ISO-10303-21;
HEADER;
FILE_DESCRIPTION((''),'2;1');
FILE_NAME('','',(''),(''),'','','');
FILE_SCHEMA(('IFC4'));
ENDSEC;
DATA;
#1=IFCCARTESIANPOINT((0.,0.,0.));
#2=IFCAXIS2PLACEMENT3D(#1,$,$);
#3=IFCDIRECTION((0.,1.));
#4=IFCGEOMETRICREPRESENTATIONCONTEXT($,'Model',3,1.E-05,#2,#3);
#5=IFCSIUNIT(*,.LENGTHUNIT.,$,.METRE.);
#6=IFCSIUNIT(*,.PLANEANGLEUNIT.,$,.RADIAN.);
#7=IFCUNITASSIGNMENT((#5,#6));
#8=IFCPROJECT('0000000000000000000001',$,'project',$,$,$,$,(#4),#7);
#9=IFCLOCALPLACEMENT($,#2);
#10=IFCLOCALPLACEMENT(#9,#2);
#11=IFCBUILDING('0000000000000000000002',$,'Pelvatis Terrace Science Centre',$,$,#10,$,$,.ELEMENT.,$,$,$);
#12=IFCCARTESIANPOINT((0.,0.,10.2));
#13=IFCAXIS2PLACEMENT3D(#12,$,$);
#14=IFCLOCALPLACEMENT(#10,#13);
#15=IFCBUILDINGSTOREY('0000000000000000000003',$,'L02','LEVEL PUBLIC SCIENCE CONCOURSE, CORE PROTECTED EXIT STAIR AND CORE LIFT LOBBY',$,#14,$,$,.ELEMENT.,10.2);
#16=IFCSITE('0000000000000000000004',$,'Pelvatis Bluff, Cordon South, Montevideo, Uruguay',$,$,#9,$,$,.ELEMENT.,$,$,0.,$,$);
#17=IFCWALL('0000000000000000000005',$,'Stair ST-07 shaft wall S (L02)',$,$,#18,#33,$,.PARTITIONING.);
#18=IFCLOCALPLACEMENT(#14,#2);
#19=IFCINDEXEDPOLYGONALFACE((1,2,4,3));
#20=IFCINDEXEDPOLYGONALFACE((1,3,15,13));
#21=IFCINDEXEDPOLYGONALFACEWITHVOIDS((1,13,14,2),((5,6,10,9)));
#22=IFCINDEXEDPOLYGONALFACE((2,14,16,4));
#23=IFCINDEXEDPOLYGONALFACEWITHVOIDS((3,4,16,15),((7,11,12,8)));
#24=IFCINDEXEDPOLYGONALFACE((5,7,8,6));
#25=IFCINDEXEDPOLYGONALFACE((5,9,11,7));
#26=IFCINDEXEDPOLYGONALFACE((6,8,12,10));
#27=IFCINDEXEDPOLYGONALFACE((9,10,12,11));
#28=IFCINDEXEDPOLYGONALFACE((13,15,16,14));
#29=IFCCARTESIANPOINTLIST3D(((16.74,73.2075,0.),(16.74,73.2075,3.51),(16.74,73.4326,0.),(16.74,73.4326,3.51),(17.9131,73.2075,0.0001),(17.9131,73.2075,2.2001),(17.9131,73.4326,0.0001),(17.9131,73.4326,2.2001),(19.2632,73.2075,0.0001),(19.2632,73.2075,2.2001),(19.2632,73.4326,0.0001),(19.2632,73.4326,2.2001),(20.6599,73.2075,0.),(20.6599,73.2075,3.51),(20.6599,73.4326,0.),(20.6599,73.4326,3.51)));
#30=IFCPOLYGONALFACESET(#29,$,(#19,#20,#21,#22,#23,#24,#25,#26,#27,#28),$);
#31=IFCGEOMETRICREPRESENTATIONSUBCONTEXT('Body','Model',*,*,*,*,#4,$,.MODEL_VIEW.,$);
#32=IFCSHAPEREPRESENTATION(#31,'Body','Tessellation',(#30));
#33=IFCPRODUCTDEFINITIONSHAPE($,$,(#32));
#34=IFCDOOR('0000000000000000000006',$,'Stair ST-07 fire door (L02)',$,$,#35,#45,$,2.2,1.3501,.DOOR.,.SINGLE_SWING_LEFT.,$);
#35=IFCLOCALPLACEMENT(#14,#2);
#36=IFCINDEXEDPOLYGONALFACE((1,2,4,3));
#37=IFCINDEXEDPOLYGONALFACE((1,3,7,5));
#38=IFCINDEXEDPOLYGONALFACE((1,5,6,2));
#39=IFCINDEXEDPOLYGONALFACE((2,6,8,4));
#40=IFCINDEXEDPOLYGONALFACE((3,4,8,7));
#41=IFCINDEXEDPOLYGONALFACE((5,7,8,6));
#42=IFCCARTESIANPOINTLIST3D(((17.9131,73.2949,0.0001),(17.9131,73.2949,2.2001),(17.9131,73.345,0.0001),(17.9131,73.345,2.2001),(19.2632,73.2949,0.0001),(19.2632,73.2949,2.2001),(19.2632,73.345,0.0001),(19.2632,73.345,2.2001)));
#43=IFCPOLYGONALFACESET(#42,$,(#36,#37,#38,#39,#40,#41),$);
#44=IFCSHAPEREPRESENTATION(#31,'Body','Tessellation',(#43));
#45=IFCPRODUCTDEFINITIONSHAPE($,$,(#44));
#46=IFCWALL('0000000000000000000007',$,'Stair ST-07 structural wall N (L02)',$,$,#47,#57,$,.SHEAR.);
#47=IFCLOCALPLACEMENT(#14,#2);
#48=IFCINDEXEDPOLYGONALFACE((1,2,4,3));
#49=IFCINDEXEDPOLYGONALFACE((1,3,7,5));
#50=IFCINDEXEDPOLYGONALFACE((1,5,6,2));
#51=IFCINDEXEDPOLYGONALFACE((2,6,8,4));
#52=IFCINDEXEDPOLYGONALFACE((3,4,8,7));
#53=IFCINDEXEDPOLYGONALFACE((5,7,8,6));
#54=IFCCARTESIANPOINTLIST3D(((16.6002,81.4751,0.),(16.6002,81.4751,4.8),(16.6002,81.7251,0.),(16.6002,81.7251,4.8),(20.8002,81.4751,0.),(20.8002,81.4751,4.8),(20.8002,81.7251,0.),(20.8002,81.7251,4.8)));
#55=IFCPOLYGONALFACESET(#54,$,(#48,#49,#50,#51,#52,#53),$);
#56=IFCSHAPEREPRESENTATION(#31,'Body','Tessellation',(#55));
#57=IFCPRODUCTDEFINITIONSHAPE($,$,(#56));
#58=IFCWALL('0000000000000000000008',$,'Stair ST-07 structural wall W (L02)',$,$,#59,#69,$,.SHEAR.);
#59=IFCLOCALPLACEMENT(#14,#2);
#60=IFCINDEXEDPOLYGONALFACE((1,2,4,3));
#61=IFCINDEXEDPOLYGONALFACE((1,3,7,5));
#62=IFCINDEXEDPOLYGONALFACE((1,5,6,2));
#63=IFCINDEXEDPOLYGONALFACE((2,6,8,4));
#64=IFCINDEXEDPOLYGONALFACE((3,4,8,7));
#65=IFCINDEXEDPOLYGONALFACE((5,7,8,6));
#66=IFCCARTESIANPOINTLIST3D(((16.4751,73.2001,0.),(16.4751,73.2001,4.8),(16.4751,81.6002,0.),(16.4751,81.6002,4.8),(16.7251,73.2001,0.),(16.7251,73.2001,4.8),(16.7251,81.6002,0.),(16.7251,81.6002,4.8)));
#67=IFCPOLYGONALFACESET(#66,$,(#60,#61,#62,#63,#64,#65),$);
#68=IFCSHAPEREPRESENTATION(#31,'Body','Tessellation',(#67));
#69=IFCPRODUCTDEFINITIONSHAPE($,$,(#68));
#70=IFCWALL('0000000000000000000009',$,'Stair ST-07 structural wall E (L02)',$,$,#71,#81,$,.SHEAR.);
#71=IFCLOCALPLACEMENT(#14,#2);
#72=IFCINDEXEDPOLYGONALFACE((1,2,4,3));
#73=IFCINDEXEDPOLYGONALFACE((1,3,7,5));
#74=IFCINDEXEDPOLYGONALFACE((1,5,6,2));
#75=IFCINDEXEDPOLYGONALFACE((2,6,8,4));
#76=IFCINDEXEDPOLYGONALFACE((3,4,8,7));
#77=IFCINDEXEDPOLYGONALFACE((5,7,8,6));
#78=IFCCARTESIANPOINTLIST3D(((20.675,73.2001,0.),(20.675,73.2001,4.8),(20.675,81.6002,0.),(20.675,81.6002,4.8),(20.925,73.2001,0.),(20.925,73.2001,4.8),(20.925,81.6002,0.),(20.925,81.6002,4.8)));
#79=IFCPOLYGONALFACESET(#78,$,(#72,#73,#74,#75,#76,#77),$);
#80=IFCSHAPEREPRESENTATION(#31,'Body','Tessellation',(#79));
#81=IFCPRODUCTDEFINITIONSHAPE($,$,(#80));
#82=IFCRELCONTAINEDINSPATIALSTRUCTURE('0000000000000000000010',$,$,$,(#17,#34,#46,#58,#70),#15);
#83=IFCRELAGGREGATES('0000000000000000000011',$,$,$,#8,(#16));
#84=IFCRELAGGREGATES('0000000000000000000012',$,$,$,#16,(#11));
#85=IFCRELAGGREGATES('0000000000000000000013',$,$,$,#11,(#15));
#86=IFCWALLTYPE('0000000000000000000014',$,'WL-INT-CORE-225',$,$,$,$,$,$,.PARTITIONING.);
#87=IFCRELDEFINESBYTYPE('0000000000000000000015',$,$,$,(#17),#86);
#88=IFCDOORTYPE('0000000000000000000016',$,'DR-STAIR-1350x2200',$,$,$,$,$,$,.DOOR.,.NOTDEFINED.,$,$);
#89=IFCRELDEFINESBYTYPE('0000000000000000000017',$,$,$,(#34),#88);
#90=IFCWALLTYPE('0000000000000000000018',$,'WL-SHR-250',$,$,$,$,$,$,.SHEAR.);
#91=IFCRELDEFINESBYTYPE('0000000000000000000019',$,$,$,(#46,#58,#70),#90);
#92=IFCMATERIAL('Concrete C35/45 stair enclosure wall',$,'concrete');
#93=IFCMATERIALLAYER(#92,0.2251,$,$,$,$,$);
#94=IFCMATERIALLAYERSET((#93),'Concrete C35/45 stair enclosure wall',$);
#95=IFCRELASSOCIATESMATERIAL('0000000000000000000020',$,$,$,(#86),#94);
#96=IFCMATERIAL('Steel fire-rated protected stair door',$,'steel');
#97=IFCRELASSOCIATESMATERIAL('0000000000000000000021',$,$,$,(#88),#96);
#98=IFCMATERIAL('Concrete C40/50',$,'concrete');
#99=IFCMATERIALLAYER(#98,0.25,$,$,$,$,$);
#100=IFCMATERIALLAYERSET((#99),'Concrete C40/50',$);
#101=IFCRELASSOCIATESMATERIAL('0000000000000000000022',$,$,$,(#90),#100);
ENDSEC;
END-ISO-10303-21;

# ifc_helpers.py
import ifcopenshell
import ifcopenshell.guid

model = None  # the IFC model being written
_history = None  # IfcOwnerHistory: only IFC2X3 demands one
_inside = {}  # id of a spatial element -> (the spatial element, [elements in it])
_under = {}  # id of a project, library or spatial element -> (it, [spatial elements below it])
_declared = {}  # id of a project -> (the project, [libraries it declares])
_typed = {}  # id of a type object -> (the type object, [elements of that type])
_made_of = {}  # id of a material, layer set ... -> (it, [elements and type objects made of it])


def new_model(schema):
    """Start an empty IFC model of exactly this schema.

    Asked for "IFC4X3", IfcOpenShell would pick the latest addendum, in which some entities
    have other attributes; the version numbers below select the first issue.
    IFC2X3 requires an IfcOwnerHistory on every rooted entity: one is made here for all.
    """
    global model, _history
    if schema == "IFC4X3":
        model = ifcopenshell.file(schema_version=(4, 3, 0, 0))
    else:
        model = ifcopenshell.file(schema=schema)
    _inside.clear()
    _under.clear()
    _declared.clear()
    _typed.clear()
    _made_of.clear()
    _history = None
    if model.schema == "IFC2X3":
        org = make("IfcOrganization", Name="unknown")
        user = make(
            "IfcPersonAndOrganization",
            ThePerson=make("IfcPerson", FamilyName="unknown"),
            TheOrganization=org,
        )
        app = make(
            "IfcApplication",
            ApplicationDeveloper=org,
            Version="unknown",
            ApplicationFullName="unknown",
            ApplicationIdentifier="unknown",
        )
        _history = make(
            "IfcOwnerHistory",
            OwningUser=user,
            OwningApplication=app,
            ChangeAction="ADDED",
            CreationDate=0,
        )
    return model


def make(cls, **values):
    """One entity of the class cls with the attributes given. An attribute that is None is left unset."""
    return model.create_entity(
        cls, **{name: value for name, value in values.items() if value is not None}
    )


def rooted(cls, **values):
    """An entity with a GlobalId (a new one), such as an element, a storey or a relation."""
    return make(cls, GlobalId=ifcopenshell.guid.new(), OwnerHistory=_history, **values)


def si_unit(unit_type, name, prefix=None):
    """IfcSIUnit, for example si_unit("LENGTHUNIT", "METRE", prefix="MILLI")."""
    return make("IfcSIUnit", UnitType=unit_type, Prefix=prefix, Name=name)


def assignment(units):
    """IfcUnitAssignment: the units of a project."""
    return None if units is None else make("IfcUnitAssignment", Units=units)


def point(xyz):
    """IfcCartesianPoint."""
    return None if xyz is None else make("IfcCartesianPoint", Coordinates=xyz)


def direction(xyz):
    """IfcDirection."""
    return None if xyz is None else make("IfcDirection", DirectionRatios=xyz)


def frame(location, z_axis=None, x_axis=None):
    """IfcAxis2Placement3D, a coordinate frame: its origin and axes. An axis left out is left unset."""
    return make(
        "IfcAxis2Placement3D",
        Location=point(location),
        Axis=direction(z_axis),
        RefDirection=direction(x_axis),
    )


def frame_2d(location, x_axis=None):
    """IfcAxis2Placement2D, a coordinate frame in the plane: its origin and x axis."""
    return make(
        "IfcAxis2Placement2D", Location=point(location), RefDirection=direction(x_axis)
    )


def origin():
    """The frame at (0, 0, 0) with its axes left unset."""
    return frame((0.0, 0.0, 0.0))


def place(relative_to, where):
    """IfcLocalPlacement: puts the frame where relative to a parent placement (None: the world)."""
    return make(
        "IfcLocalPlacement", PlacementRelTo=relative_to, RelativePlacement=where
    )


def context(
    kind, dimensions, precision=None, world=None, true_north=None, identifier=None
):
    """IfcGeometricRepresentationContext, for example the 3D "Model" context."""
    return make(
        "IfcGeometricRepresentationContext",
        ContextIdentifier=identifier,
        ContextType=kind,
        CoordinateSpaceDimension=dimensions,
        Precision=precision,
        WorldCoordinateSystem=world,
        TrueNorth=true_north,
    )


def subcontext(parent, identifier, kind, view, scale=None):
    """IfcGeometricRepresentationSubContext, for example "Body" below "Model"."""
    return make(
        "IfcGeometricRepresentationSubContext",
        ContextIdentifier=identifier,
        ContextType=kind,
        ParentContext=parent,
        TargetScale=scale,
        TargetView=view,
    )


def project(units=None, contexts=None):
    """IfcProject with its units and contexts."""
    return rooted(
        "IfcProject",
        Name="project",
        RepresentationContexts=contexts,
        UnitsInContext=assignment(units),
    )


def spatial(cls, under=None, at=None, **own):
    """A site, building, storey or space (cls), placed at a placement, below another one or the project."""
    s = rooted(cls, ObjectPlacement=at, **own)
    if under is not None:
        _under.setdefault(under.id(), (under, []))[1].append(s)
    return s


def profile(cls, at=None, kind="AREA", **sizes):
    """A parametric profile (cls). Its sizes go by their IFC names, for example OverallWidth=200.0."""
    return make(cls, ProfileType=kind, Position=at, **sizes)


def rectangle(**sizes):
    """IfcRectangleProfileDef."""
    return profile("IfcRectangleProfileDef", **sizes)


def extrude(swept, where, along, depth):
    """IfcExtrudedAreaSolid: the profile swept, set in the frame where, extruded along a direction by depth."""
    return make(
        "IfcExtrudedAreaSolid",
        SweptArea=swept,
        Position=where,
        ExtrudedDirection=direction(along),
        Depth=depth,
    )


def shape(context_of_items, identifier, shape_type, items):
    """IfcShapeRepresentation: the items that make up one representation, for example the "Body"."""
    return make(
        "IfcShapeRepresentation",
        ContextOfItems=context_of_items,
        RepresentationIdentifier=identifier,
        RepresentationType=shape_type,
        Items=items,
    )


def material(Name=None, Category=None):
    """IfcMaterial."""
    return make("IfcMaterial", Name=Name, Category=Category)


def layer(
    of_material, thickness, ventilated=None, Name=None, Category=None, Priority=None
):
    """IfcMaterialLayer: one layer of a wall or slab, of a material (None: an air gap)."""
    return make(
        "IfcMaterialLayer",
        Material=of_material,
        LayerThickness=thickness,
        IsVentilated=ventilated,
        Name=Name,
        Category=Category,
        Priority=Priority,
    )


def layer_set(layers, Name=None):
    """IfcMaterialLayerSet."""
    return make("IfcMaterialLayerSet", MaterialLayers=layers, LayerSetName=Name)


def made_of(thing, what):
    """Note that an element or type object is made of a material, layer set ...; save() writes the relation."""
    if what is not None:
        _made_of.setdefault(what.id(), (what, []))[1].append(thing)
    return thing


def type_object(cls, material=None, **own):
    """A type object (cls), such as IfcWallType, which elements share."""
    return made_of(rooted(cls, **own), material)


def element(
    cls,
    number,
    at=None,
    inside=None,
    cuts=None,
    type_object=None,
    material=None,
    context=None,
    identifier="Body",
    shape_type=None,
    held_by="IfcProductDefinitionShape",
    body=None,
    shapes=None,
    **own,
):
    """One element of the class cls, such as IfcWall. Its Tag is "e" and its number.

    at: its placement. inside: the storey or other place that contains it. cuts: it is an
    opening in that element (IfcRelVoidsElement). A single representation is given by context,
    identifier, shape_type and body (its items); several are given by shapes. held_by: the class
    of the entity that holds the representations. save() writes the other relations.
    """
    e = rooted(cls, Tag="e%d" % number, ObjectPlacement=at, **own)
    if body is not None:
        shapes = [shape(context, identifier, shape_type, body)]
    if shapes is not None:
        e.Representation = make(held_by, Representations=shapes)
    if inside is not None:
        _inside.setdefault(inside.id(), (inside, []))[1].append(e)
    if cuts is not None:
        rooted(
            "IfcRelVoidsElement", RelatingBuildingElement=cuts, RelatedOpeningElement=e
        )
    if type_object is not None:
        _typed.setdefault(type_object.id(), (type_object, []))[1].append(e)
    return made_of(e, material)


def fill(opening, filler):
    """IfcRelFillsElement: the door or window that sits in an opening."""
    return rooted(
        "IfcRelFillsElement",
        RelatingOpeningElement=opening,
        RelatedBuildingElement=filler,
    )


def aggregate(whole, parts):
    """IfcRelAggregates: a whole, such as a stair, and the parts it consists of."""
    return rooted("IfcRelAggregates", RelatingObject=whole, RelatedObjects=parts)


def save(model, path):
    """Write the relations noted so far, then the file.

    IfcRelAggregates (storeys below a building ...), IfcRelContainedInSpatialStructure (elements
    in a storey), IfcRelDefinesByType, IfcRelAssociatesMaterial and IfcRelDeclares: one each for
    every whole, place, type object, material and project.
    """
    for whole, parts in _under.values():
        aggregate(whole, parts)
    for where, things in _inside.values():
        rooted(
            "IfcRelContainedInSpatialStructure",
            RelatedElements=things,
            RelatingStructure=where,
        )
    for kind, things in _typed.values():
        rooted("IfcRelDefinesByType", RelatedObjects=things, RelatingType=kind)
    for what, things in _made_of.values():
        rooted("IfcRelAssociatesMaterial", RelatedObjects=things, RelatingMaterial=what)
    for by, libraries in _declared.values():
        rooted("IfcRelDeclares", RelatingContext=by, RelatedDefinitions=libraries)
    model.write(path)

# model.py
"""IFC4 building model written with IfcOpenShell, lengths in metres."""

from ifc_helpers import new_model, si_unit, direction, frame, frame_2d, origin, place, context, subcontext, project, spatial, rectangle, extrude, material, layer, layer_set, type_object, element, fill, save


model = new_model("IFC4")

# Units and contexts
model_context = context("Model", 3, precision=1e-05, world=origin(), true_north=direction((0.0, 1.0)))
body_context = subcontext(model_context, "Body", "Model", "MODEL_VIEW")
ifc_project = project(units=[si_unit("LENGTHUNIT", "METRE"), si_unit("PLANEANGLEUNIT", "RADIAN")], contexts=[model_context])

# Site, building, storey
site_placement = place(None, origin())
site = spatial("IfcSite", under=ifc_project, at=site_placement, Name="Pelvatis Bluff, Cordon South, Montevideo, Uruguay", CompositionType="ELEMENT", RefElevation=0.0)
building_placement = place(site_placement, origin())
building = spatial("IfcBuilding", under=site, at=building_placement, Name="Pelvatis Terrace Science Centre", CompositionType="ELEMENT")
storey_placement = place(building_placement, frame((0.0, 0.0, 10.2)))
storey = spatial("IfcBuildingStorey", under=building, at=storey_placement, Name="L02", Description="LEVEL PUBLIC SCIENCE CONCOURSE, CORE PROTECTED EXIT STAIR AND CORE LIFT LOBBY", CompositionType="ELEMENT", Elevation=10.2)

# Wall, opening, door
ifc_material_1 = material(Name="Concrete C35/45 stair enclosure wall", Category="concrete")
ifc_layer_1 = layer(ifc_material_1, 0.2251)
ifc_layer_set_1 = layer_set([ifc_layer_1], Name="Concrete C35/45 stair enclosure wall")
wall_type_1 = type_object("IfcWallType", Name="WL-INT-CORE-225", PredefinedType="PARTITIONING", material=ifc_layer_set_1)
wall_1_placement = place(storey_placement, frame((16.74, 73.3201, 0.0), z_axis=(0.0, 0.0, 1.0), x_axis=(1.0, 0.0, 0.0)))
wall_1 = element("IfcWall", 1, at=wall_1_placement, inside=storey, type_object=wall_type_1, Name="Stair ST-07 shaft wall S (L02)", PredefinedType="PARTITIONING", context=body_context, shape_type="SweptSolid", body=[
    extrude(rectangle(XDim=3.9199, YDim=0.2251, at=frame_2d((1.96, 0.0))), origin(), (0.0, 0.0, 1.0), 3.51),
])
opening_1_placement = place(wall_1_placement, frame((1.1731, 0.0, 0.0)))
opening_1 = element("IfcOpeningElement", 2, at=opening_1_placement, cuts=wall_1, PredefinedType="OPENING", context=body_context, shape_type="SweptSolid", body=[
    extrude(rectangle(XDim=1.3501, YDim=2.2, at=frame_2d((0.675, 1.1001))), frame((0.0, 0.1226, 0.0), z_axis=(0.0, -1.0, 0.0), x_axis=(1.0, 0.0, 0.0)), (0.0, 0.0, 1.0), 0.2451),
])
ifc_material_2 = material(Name="Steel fire-rated protected stair door", Category="steel")
door_type_1 = type_object("IfcDoorType", Name="DR-STAIR-1350x2200", OperationType="NOTDEFINED", PredefinedType="DOOR", material=ifc_material_2)
door_1_placement = place(opening_1_placement, origin())
door_1 = element("IfcDoor", 3, at=door_1_placement, inside=storey, type_object=door_type_1, Name="Stair ST-07 fire door (L02)", OperationType="SINGLE_SWING_LEFT", OverallHeight=2.2, OverallWidth=1.3501, PredefinedType="DOOR", context=body_context, shape_type="SweptSolid", body=[
    extrude(rectangle(XDim=1.3501, YDim=2.2, at=frame_2d((0.675, 1.1001))), frame((0.0, 0.0249, 0.0), z_axis=(0.0, -1.0, 0.0), x_axis=(1.0, 0.0, 0.0)), (0.0, 0.0, 1.0), 0.05),
])
fill(opening_1, door_1)

# Walls
ifc_material_3 = material(Name="Concrete C40/50", Category="concrete")
ifc_layer_2 = layer(ifc_material_3, 0.25)
ifc_layer_set_2 = layer_set([ifc_layer_2], Name="Concrete C40/50")
wall_type_2 = type_object("IfcWallType", Name="WL-SHR-250", PredefinedType="SHEAR", material=ifc_layer_set_2)
wall_2_placement = place(storey_placement, frame((16.6001, 81.6001, 0.0), z_axis=(0.0, 0.0, 1.0), x_axis=(1.0, 0.0, 0.0)))
element("IfcWall", 4, at=wall_2_placement, inside=storey, type_object=wall_type_2, Name="Stair ST-07 structural wall N (L02)", PredefinedType="SHEAR", context=body_context, shape_type="SweptSolid", body=[
    extrude(rectangle(XDim=4.2, YDim=0.25, at=frame_2d((2.1001, 0.0))), origin(), (0.0, 0.0, 1.0), 4.8),
])
for number, where, z_axis, x_axis, name in (
    (5, (16.6001, 73.2, 0.0), (0.0, 0.0, 1.0), (0.0, 1.0, 0.0), "Stair ST-07 structural wall W (L02)"),
    (6, (20.8, 73.2, 0.0), (0.0, 0.0, 1.0), (0.0, 1.0, 0.0), "Stair ST-07 structural wall E (L02)"),
):
    element("IfcWall", number, at=place(storey_placement, frame(where, z_axis=z_axis, x_axis=x_axis)), inside=storey, type_object=wall_type_2, Name=name, PredefinedType="SHEAR", context=body_context, shape_type="SweptSolid", body=[
        extrude(rectangle(XDim=8.4001, YDim=0.25, at=frame_2d((4.2002, 0.0))), origin(), (0.0, 0.0, 1.0), 4.8),
    ])

save(model, "model.ifc")
